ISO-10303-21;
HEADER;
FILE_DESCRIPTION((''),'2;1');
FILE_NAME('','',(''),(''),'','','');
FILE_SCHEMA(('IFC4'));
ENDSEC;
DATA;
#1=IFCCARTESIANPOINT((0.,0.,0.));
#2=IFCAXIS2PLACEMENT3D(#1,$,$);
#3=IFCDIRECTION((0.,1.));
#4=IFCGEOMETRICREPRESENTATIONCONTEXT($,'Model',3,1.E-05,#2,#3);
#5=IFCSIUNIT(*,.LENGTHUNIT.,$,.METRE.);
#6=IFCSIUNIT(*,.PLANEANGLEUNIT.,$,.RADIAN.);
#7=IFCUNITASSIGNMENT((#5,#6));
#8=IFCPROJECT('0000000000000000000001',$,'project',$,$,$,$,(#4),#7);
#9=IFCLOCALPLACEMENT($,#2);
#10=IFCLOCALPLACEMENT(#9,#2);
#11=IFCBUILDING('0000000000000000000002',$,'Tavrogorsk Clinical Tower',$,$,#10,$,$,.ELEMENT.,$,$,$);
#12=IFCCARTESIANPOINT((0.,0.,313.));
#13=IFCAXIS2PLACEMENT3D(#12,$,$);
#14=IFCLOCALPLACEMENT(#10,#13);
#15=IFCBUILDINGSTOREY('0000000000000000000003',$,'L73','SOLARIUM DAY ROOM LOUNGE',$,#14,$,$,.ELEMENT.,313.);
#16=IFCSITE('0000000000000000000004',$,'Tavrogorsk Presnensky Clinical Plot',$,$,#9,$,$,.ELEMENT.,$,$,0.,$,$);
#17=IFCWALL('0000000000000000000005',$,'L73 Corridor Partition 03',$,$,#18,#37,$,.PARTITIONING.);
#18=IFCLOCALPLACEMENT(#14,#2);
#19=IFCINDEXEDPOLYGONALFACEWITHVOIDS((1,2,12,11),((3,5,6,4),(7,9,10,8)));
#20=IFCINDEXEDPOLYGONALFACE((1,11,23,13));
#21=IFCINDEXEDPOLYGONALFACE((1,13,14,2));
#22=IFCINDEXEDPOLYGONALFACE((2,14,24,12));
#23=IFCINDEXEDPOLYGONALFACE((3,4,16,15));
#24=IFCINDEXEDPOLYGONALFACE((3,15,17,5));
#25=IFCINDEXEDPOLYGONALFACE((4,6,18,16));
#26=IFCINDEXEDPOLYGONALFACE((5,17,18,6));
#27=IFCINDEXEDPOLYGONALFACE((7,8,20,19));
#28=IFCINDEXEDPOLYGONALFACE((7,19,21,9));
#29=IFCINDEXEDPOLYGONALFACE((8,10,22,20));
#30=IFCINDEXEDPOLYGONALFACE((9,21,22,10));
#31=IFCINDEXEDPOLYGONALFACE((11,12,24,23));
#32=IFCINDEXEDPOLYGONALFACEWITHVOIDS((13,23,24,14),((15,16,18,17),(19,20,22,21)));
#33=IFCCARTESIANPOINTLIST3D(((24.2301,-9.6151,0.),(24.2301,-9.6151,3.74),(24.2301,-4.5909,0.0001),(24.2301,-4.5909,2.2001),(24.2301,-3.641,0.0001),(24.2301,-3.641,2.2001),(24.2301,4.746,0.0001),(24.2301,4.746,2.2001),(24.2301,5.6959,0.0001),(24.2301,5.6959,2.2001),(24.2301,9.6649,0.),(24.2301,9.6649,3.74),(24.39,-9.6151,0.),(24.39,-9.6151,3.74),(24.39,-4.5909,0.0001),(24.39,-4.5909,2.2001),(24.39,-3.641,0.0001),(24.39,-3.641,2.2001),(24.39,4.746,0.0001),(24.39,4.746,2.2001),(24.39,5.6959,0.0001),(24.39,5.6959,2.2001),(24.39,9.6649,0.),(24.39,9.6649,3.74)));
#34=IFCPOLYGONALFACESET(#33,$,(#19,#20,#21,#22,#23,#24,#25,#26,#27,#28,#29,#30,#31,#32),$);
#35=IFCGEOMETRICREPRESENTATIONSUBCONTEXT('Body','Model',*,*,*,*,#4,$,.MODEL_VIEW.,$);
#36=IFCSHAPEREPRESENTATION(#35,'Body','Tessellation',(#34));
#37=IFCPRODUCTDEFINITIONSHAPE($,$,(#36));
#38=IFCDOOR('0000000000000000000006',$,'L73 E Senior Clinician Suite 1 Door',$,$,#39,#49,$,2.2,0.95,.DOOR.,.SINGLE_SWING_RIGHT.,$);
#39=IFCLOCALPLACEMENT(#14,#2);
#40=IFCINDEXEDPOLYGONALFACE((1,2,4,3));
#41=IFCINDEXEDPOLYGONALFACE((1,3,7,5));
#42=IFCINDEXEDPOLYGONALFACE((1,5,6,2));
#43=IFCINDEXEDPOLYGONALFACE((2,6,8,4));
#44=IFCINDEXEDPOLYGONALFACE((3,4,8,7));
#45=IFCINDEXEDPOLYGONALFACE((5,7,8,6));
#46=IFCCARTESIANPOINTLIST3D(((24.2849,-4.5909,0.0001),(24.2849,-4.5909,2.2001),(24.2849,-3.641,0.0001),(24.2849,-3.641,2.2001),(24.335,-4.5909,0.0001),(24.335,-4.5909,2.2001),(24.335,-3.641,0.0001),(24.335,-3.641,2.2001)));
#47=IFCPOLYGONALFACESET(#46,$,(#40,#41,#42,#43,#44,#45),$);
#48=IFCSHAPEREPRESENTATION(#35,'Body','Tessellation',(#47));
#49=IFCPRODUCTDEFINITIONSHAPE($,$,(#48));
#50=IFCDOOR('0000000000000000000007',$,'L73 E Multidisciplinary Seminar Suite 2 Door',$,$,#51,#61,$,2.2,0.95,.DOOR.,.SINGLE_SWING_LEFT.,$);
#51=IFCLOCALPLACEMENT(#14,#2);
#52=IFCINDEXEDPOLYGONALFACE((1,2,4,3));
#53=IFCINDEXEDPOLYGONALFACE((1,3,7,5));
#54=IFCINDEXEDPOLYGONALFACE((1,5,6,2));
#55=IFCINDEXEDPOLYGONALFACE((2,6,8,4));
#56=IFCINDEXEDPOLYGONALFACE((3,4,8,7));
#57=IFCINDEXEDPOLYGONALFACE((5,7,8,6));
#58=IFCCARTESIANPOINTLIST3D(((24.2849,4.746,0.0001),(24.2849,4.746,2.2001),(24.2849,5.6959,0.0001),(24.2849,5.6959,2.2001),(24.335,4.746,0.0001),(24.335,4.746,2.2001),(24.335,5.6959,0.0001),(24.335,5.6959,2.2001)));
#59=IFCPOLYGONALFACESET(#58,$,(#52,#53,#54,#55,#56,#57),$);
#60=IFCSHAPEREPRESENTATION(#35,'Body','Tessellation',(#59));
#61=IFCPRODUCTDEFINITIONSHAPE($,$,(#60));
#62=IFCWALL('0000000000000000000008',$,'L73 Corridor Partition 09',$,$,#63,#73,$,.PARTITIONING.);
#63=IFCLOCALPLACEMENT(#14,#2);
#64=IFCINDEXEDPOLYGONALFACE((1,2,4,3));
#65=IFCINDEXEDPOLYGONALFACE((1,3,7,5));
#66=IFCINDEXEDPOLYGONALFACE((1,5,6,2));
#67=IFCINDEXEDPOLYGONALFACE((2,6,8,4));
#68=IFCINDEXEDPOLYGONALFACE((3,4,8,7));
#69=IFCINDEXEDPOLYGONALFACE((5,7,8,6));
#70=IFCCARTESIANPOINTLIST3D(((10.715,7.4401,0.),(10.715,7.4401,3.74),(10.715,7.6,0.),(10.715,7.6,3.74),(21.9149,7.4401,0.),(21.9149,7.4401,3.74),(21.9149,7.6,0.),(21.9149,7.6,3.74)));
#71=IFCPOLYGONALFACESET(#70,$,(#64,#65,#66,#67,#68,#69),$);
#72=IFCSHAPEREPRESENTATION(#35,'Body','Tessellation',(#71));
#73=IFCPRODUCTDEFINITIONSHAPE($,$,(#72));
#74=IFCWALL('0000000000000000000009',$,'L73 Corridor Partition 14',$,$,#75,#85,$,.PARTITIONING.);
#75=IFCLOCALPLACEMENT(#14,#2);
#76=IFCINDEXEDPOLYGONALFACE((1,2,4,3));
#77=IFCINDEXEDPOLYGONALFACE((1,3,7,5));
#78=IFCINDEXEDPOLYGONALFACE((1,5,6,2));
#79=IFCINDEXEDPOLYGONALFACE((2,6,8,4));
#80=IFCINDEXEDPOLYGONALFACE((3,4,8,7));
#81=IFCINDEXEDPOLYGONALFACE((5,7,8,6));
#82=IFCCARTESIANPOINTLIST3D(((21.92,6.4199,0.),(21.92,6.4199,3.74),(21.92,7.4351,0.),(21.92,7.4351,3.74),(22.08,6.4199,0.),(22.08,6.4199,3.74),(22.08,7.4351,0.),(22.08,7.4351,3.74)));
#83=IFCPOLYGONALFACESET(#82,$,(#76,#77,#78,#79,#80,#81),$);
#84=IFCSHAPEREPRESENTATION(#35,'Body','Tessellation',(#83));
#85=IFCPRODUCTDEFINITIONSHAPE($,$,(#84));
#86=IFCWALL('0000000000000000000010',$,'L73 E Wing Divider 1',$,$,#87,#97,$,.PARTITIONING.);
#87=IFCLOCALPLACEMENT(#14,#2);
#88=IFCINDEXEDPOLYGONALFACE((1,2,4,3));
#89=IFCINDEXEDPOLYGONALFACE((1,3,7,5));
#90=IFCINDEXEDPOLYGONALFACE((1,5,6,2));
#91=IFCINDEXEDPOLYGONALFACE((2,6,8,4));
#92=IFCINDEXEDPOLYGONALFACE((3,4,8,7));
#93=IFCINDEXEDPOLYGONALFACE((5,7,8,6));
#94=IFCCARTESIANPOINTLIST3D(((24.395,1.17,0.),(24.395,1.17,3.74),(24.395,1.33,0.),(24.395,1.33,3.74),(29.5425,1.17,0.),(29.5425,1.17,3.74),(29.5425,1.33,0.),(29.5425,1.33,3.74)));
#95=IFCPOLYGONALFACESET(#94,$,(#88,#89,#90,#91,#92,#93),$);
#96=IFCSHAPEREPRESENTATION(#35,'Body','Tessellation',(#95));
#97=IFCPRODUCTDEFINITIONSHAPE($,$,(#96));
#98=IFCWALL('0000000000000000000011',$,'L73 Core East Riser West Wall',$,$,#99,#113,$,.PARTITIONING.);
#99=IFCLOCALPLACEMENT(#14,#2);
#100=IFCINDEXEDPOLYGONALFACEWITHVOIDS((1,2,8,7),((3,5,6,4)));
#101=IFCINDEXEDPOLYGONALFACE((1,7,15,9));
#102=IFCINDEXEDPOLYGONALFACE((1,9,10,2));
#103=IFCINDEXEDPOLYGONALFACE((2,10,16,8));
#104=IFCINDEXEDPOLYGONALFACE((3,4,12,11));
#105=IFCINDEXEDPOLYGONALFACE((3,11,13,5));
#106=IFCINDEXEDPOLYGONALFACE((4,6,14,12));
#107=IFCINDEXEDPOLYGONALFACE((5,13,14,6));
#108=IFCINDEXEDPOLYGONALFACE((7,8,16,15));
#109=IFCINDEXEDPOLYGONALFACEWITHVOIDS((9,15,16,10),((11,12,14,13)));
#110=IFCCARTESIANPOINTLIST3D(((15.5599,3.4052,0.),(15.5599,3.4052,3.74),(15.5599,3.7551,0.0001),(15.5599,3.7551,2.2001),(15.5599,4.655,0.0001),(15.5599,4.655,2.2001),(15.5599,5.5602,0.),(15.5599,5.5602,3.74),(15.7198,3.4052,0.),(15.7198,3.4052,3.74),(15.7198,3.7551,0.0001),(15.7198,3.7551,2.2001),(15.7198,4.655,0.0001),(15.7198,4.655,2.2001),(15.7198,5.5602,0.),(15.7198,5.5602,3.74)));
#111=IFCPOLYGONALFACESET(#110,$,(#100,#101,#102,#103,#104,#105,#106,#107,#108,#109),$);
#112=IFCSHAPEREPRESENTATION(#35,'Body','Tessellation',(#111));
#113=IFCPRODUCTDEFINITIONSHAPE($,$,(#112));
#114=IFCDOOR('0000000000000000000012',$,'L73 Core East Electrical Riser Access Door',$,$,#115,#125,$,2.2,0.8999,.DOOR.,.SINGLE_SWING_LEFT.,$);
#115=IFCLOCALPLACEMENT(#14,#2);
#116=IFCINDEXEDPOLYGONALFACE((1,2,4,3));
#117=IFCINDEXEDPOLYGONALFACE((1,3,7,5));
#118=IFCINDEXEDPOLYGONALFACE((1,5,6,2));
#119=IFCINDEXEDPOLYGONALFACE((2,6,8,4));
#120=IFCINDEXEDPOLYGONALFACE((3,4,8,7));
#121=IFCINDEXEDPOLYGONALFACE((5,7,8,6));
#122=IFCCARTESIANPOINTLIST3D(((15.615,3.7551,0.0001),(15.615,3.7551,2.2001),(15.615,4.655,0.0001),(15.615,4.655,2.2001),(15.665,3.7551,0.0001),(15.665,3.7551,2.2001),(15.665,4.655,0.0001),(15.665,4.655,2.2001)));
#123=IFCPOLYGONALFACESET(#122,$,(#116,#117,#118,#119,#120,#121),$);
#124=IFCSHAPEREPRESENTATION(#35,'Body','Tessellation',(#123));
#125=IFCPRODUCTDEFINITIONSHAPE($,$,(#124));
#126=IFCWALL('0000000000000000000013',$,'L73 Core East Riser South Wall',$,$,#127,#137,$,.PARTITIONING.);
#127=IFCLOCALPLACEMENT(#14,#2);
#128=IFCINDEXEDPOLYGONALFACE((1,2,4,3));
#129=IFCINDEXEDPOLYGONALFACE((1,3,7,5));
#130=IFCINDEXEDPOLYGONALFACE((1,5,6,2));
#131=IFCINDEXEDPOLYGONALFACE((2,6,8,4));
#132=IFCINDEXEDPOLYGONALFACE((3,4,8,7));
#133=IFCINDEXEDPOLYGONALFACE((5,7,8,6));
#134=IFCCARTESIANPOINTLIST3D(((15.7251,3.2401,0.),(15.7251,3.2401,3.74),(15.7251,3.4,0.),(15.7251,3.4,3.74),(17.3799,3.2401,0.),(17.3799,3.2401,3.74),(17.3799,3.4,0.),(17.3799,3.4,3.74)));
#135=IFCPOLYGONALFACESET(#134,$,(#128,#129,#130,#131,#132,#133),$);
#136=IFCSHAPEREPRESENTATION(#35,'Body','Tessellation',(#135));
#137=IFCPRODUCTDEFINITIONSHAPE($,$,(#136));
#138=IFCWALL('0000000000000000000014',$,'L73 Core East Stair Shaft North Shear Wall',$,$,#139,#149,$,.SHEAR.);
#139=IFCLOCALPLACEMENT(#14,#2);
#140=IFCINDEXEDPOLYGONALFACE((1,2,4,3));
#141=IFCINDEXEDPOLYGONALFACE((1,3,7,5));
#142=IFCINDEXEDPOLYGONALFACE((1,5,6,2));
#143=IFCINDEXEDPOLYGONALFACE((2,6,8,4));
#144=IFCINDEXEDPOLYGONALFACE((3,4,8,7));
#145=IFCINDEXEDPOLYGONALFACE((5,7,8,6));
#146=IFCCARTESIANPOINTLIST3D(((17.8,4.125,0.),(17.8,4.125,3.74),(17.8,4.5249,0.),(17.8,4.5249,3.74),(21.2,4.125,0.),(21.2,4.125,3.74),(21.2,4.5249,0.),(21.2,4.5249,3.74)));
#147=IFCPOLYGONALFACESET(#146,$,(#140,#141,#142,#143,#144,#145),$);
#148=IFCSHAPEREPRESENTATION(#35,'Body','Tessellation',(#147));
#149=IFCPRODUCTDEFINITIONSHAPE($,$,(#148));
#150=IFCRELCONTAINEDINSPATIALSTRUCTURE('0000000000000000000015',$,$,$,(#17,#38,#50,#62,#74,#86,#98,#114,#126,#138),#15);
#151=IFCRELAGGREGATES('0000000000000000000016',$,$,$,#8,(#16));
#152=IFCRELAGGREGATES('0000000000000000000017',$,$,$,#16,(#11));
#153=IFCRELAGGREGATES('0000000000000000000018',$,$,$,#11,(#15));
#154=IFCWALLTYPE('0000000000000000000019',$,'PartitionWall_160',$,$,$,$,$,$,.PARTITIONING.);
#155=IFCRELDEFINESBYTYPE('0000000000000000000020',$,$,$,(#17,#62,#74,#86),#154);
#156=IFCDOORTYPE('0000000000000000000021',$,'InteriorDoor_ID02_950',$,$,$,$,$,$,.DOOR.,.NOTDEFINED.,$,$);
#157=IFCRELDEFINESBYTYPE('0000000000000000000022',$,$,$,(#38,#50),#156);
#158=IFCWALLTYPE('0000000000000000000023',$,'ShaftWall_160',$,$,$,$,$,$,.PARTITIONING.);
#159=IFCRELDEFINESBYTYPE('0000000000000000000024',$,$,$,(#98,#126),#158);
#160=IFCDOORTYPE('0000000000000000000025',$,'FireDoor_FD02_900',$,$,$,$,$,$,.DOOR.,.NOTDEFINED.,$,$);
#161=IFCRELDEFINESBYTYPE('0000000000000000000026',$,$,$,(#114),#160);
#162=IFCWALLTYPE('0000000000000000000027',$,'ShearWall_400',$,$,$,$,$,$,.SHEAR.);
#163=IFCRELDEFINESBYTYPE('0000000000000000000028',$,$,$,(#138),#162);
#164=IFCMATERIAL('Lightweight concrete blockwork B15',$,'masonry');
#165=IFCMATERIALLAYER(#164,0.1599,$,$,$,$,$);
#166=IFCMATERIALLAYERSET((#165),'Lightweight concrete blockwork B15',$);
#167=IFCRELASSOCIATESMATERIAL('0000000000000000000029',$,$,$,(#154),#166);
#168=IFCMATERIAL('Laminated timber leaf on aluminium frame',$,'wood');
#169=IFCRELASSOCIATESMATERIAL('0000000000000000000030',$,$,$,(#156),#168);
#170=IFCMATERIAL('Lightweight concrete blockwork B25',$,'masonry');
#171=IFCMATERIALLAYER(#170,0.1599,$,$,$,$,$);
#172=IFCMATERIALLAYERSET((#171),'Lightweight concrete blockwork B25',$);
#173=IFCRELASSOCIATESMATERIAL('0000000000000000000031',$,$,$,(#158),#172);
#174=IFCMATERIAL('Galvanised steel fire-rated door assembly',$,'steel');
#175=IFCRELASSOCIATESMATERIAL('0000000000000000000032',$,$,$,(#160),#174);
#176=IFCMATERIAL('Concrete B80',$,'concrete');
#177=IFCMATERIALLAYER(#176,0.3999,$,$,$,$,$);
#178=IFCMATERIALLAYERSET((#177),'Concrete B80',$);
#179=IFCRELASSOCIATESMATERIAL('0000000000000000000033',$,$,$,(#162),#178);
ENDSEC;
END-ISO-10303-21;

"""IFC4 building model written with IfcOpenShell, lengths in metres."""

from ifc_helpers import new_model, si_unit, direction, frame, frame_2d, origin, place, context, subcontext, project, spatial, rectangle, extrude, material, layer, layer_set, type_object, element, fill, save


model = new_model("IFC4")

# Units and contexts
model_context = context("Model", 3, precision=1e-05, world=origin(), true_north=direction((0.0, 1.0)))
body_context = subcontext(model_context, "Body", "Model", "MODEL_VIEW")
ifc_project = project(units=[si_unit("LENGTHUNIT", "METRE"), si_unit("PLANEANGLEUNIT", "RADIAN")], contexts=[model_context])

# Site, building, storey
site_placement = place(None, origin())
site = spatial("IfcSite", under=ifc_project, at=site_placement, Name="Tavrogorsk Presnensky Clinical Plot", CompositionType="ELEMENT", RefElevation=0.0)
building_placement = place(site_placement, origin())
building = spatial("IfcBuilding", under=site, at=building_placement, Name="Tavrogorsk Clinical Tower", CompositionType="ELEMENT")
storey_placement = place(building_placement, frame((0.0, 0.0, 313.0)))
storey = spatial("IfcBuildingStorey", under=building, at=storey_placement, Name="L73", Description="SOLARIUM DAY ROOM LOUNGE", CompositionType="ELEMENT", Elevation=313.0)

# Wall, openings, doors
ifc_material_1 = material(Name="Lightweight concrete blockwork B15", Category="masonry")
ifc_layer_1 = layer(ifc_material_1, 0.1599)
ifc_layer_set_1 = layer_set([ifc_layer_1], Name="Lightweight concrete blockwork B15")
wall_type_1 = type_object("IfcWallType", Name="PartitionWall_160", PredefinedType="PARTITIONING", material=ifc_layer_set_1)
wall_1_placement = place(storey_placement, frame((24.3101, 9.665, 0.0), z_axis=(0.0, 0.0, 1.0), x_axis=(0.0, -1.0, 0.0)))
wall_1 = element("IfcWall", 1, at=wall_1_placement, inside=storey, type_object=wall_type_1, Name="L73 Corridor Partition 03", PredefinedType="PARTITIONING", context=body_context, shape_type="SweptSolid", body=[
    extrude(rectangle(XDim=19.28, YDim=0.1599, at=frame_2d((9.6401, 0.0))), origin(), (0.0, 0.0, 1.0), 3.74),
])
opening_1_placement = place(wall_1_placement, frame((13.3059, 0.0, 0.0)))
opening_1 = element("IfcOpeningElement", 2, at=opening_1_placement, cuts=wall_1, PredefinedType="OPENING", context=body_context, shape_type="SweptSolid", body=[
    extrude(rectangle(XDim=0.95, YDim=2.2, at=frame_2d((0.4751, 1.1001))), frame((0.0, 0.0898, 0.0), z_axis=(0.0, -1.0, 0.0), x_axis=(1.0, 0.0, 0.0)), (0.0, 0.0, 1.0), 0.1799),
])
opening_2_placement = place(wall_1_placement, frame((3.969, 0.0, 0.0)))
opening_2 = element("IfcOpeningElement", 3, at=opening_2_placement, cuts=wall_1, PredefinedType="OPENING", context=body_context, shape_type="SweptSolid", body=[
    extrude(rectangle(XDim=0.95, YDim=2.2, at=frame_2d((0.4751, 1.1001))), frame((0.0, 0.0898, 0.0), z_axis=(0.0, -1.0, 0.0), x_axis=(1.0, 0.0, 0.0)), (0.0, 0.0, 1.0), 0.1799),
])
ifc_material_2 = material(Name="Laminated timber leaf on aluminium frame", Category="wood")
door_type_1 = type_object("IfcDoorType", Name="InteriorDoor_ID02_950", OperationType="NOTDEFINED", PredefinedType="DOOR", material=ifc_material_2)
door_1_placement = place(opening_1_placement, origin())
door_1 = element("IfcDoor", 4, at=door_1_placement, inside=storey, type_object=door_type_1, Name="L73 E Senior Clinician Suite 1 Door", OperationType="SINGLE_SWING_RIGHT", OverallHeight=2.2, OverallWidth=0.95, PredefinedType="DOOR", context=body_context, shape_type="SweptSolid", body=[
    extrude(rectangle(XDim=0.95, YDim=2.2, at=frame_2d((0.4751, 1.1001))), frame((0.0, 0.0249, 0.0), z_axis=(0.0, -1.0, 0.0), x_axis=(1.0, 0.0, 0.0)), (0.0, 0.0, 1.0), 0.05),
])
fill(opening_1, door_1)
door_2_placement = place(opening_2_placement, origin())
door_2 = element("IfcDoor", 5, at=door_2_placement, inside=storey, type_object=door_type_1, Name="L73 E Multidisciplinary Seminar Suite 2 Door", OperationType="SINGLE_SWING_LEFT", OverallHeight=2.2, OverallWidth=0.95, PredefinedType="DOOR", context=body_context, shape_type="SweptSolid", body=[
    extrude(rectangle(XDim=0.95, YDim=2.2, at=frame_2d((0.4751, 1.1001))), frame((0.0, 0.0249, 0.0), z_axis=(0.0, -1.0, 0.0), x_axis=(1.0, 0.0, 0.0)), (0.0, 0.0, 1.0), 0.05),
])
fill(opening_2, door_2)

# Walls
wall_2_placement = place(storey_placement, frame((21.915, 7.52, 0.0), z_axis=(0.0, 0.0, 1.0), x_axis=(-1.0, 0.0, 0.0)))
element("IfcWall", 6, at=wall_2_placement, inside=storey, type_object=wall_type_1, Name="L73 Corridor Partition 09", PredefinedType="PARTITIONING", context=body_context, shape_type="SweptSolid", body=[
    extrude(rectangle(XDim=11.2, YDim=0.1599, at=frame_2d((5.6001, 0.0))), origin(), (0.0, 0.0, 1.0), 3.74),
])
wall_3_placement = place(storey_placement, frame((22.0, 6.4199, 0.0), z_axis=(0.0, 0.0, 1.0), x_axis=(0.0, 1.0, 0.0)))
element("IfcWall", 7, at=wall_3_placement, inside=storey, type_object=wall_type_1, Name="L73 Corridor Partition 14", PredefinedType="PARTITIONING", context=body_context, shape_type="SweptSolid", body=[
    extrude(rectangle(XDim=1.0151, YDim=0.1599, at=frame_2d((0.5076, 0.0))), origin(), (0.0, 0.0, 1.0), 3.74),
])
wall_4_placement = place(storey_placement, frame((24.395, 1.25, 0.0), z_axis=(0.0, 0.0, 1.0), x_axis=(1.0, 0.0, 0.0)))
element("IfcWall", 8, at=wall_4_placement, inside=storey, type_object=wall_type_1, Name="L73 E Wing Divider 1", PredefinedType="PARTITIONING", context=body_context, shape_type="SweptSolid", body=[
    extrude(rectangle(XDim=5.1475, YDim=0.1599, at=frame_2d((2.5737, 0.0))), origin(), (0.0, 0.0, 1.0), 3.74),
])

# Wall, opening, door
ifc_material_3 = material(Name="Lightweight concrete blockwork B25", Category="masonry")
ifc_layer_2 = layer(ifc_material_3, 0.1599)
ifc_layer_set_2 = layer_set([ifc_layer_2], Name="Lightweight concrete blockwork B25")
wall_type_2 = type_object("IfcWallType", Name="ShaftWall_160", PredefinedType="PARTITIONING", material=ifc_layer_set_2)
wall_5_placement = place(storey_placement, frame((15.6399, 3.405, 0.0), z_axis=(0.0, 0.0, 1.0), x_axis=(0.0, 1.0, 0.0)))
wall_5 = element("IfcWall", 9, at=wall_5_placement, inside=storey, type_object=wall_type_2, Name="L73 Core East Riser West Wall", PredefinedType="PARTITIONING", context=body_context, shape_type="SweptSolid", body=[
    extrude(rectangle(XDim=2.155, YDim=0.1599, at=frame_2d((1.0776, 0.0))), origin(), (0.0, 0.0, 1.0), 3.74),
])
opening_3_placement = place(wall_5_placement, frame((0.3501, 0.0, 0.0)))
opening_3 = element("IfcOpeningElement", 10, at=opening_3_placement, cuts=wall_5, PredefinedType="OPENING", context=body_context, shape_type="SweptSolid", body=[
    extrude(rectangle(XDim=0.8999, YDim=2.2, at=frame_2d((0.45, 1.1001))), frame((0.0, 0.0898, 0.0), z_axis=(0.0, -1.0, 0.0), x_axis=(1.0, 0.0, 0.0)), (0.0, 0.0, 1.0), 0.1799),
])
ifc_material_4 = material(Name="Galvanised steel fire-rated door assembly", Category="steel")
door_type_2 = type_object("IfcDoorType", Name="FireDoor_FD02_900", OperationType="NOTDEFINED", PredefinedType="DOOR", material=ifc_material_4)
door_3_placement = place(opening_3_placement, origin())
door_3 = element("IfcDoor", 11, at=door_3_placement, inside=storey, type_object=door_type_2, Name="L73 Core East Electrical Riser Access Door", OperationType="SINGLE_SWING_LEFT", OverallHeight=2.2, OverallWidth=0.8999, PredefinedType="DOOR", context=body_context, shape_type="SweptSolid", body=[
    extrude(rectangle(XDim=0.8999, YDim=2.2, at=frame_2d((0.45, 1.1001))), frame((0.0, 0.0249, 0.0), z_axis=(0.0, -1.0, 0.0), x_axis=(1.0, 0.0, 0.0)), (0.0, 0.0, 1.0), 0.05),
])
fill(opening_3, door_3)

# Walls
wall_6_placement = place(storey_placement, frame((15.7251, 3.3201, 0.0), z_axis=(0.0, 0.0, 1.0), x_axis=(1.0, 0.0, 0.0)))
element("IfcWall", 12, at=wall_6_placement, inside=storey, type_object=wall_type_2, Name="L73 Core East Riser South Wall", PredefinedType="PARTITIONING", context=body_context, shape_type="SweptSolid", body=[
    extrude(rectangle(XDim=1.6548, YDim=0.1599, at=frame_2d((0.8274, 0.0))), origin(), (0.0, 0.0, 1.0), 3.74),
])
ifc_material_5 = material(Name="Concrete B80", Category="concrete")
ifc_layer_3 = layer(ifc_material_5, 0.3999)
ifc_layer_set_3 = layer_set([ifc_layer_3], Name="Concrete B80")
wall_type_3 = type_object("IfcWallType", Name="ShearWall_400", PredefinedType="SHEAR", material=ifc_layer_set_3)
wall_7_placement = place(storey_placement, frame((17.8, 4.325, 0.0), z_axis=(0.0, 0.0, 1.0), x_axis=(1.0, 0.0, 0.0)))
element("IfcWall", 13, at=wall_7_placement, inside=storey, type_object=wall_type_3, Name="L73 Core East Stair Shaft North Shear Wall", PredefinedType="SHEAR", context=body_context, shape_type="SweptSolid", body=[
    extrude(rectangle(XDim=3.3999, YDim=0.3999, at=frame_2d((1.7, 0.0))), origin(), (0.0, 0.0, 1.0), 3.74),
])

save(model, "model.ifc")
